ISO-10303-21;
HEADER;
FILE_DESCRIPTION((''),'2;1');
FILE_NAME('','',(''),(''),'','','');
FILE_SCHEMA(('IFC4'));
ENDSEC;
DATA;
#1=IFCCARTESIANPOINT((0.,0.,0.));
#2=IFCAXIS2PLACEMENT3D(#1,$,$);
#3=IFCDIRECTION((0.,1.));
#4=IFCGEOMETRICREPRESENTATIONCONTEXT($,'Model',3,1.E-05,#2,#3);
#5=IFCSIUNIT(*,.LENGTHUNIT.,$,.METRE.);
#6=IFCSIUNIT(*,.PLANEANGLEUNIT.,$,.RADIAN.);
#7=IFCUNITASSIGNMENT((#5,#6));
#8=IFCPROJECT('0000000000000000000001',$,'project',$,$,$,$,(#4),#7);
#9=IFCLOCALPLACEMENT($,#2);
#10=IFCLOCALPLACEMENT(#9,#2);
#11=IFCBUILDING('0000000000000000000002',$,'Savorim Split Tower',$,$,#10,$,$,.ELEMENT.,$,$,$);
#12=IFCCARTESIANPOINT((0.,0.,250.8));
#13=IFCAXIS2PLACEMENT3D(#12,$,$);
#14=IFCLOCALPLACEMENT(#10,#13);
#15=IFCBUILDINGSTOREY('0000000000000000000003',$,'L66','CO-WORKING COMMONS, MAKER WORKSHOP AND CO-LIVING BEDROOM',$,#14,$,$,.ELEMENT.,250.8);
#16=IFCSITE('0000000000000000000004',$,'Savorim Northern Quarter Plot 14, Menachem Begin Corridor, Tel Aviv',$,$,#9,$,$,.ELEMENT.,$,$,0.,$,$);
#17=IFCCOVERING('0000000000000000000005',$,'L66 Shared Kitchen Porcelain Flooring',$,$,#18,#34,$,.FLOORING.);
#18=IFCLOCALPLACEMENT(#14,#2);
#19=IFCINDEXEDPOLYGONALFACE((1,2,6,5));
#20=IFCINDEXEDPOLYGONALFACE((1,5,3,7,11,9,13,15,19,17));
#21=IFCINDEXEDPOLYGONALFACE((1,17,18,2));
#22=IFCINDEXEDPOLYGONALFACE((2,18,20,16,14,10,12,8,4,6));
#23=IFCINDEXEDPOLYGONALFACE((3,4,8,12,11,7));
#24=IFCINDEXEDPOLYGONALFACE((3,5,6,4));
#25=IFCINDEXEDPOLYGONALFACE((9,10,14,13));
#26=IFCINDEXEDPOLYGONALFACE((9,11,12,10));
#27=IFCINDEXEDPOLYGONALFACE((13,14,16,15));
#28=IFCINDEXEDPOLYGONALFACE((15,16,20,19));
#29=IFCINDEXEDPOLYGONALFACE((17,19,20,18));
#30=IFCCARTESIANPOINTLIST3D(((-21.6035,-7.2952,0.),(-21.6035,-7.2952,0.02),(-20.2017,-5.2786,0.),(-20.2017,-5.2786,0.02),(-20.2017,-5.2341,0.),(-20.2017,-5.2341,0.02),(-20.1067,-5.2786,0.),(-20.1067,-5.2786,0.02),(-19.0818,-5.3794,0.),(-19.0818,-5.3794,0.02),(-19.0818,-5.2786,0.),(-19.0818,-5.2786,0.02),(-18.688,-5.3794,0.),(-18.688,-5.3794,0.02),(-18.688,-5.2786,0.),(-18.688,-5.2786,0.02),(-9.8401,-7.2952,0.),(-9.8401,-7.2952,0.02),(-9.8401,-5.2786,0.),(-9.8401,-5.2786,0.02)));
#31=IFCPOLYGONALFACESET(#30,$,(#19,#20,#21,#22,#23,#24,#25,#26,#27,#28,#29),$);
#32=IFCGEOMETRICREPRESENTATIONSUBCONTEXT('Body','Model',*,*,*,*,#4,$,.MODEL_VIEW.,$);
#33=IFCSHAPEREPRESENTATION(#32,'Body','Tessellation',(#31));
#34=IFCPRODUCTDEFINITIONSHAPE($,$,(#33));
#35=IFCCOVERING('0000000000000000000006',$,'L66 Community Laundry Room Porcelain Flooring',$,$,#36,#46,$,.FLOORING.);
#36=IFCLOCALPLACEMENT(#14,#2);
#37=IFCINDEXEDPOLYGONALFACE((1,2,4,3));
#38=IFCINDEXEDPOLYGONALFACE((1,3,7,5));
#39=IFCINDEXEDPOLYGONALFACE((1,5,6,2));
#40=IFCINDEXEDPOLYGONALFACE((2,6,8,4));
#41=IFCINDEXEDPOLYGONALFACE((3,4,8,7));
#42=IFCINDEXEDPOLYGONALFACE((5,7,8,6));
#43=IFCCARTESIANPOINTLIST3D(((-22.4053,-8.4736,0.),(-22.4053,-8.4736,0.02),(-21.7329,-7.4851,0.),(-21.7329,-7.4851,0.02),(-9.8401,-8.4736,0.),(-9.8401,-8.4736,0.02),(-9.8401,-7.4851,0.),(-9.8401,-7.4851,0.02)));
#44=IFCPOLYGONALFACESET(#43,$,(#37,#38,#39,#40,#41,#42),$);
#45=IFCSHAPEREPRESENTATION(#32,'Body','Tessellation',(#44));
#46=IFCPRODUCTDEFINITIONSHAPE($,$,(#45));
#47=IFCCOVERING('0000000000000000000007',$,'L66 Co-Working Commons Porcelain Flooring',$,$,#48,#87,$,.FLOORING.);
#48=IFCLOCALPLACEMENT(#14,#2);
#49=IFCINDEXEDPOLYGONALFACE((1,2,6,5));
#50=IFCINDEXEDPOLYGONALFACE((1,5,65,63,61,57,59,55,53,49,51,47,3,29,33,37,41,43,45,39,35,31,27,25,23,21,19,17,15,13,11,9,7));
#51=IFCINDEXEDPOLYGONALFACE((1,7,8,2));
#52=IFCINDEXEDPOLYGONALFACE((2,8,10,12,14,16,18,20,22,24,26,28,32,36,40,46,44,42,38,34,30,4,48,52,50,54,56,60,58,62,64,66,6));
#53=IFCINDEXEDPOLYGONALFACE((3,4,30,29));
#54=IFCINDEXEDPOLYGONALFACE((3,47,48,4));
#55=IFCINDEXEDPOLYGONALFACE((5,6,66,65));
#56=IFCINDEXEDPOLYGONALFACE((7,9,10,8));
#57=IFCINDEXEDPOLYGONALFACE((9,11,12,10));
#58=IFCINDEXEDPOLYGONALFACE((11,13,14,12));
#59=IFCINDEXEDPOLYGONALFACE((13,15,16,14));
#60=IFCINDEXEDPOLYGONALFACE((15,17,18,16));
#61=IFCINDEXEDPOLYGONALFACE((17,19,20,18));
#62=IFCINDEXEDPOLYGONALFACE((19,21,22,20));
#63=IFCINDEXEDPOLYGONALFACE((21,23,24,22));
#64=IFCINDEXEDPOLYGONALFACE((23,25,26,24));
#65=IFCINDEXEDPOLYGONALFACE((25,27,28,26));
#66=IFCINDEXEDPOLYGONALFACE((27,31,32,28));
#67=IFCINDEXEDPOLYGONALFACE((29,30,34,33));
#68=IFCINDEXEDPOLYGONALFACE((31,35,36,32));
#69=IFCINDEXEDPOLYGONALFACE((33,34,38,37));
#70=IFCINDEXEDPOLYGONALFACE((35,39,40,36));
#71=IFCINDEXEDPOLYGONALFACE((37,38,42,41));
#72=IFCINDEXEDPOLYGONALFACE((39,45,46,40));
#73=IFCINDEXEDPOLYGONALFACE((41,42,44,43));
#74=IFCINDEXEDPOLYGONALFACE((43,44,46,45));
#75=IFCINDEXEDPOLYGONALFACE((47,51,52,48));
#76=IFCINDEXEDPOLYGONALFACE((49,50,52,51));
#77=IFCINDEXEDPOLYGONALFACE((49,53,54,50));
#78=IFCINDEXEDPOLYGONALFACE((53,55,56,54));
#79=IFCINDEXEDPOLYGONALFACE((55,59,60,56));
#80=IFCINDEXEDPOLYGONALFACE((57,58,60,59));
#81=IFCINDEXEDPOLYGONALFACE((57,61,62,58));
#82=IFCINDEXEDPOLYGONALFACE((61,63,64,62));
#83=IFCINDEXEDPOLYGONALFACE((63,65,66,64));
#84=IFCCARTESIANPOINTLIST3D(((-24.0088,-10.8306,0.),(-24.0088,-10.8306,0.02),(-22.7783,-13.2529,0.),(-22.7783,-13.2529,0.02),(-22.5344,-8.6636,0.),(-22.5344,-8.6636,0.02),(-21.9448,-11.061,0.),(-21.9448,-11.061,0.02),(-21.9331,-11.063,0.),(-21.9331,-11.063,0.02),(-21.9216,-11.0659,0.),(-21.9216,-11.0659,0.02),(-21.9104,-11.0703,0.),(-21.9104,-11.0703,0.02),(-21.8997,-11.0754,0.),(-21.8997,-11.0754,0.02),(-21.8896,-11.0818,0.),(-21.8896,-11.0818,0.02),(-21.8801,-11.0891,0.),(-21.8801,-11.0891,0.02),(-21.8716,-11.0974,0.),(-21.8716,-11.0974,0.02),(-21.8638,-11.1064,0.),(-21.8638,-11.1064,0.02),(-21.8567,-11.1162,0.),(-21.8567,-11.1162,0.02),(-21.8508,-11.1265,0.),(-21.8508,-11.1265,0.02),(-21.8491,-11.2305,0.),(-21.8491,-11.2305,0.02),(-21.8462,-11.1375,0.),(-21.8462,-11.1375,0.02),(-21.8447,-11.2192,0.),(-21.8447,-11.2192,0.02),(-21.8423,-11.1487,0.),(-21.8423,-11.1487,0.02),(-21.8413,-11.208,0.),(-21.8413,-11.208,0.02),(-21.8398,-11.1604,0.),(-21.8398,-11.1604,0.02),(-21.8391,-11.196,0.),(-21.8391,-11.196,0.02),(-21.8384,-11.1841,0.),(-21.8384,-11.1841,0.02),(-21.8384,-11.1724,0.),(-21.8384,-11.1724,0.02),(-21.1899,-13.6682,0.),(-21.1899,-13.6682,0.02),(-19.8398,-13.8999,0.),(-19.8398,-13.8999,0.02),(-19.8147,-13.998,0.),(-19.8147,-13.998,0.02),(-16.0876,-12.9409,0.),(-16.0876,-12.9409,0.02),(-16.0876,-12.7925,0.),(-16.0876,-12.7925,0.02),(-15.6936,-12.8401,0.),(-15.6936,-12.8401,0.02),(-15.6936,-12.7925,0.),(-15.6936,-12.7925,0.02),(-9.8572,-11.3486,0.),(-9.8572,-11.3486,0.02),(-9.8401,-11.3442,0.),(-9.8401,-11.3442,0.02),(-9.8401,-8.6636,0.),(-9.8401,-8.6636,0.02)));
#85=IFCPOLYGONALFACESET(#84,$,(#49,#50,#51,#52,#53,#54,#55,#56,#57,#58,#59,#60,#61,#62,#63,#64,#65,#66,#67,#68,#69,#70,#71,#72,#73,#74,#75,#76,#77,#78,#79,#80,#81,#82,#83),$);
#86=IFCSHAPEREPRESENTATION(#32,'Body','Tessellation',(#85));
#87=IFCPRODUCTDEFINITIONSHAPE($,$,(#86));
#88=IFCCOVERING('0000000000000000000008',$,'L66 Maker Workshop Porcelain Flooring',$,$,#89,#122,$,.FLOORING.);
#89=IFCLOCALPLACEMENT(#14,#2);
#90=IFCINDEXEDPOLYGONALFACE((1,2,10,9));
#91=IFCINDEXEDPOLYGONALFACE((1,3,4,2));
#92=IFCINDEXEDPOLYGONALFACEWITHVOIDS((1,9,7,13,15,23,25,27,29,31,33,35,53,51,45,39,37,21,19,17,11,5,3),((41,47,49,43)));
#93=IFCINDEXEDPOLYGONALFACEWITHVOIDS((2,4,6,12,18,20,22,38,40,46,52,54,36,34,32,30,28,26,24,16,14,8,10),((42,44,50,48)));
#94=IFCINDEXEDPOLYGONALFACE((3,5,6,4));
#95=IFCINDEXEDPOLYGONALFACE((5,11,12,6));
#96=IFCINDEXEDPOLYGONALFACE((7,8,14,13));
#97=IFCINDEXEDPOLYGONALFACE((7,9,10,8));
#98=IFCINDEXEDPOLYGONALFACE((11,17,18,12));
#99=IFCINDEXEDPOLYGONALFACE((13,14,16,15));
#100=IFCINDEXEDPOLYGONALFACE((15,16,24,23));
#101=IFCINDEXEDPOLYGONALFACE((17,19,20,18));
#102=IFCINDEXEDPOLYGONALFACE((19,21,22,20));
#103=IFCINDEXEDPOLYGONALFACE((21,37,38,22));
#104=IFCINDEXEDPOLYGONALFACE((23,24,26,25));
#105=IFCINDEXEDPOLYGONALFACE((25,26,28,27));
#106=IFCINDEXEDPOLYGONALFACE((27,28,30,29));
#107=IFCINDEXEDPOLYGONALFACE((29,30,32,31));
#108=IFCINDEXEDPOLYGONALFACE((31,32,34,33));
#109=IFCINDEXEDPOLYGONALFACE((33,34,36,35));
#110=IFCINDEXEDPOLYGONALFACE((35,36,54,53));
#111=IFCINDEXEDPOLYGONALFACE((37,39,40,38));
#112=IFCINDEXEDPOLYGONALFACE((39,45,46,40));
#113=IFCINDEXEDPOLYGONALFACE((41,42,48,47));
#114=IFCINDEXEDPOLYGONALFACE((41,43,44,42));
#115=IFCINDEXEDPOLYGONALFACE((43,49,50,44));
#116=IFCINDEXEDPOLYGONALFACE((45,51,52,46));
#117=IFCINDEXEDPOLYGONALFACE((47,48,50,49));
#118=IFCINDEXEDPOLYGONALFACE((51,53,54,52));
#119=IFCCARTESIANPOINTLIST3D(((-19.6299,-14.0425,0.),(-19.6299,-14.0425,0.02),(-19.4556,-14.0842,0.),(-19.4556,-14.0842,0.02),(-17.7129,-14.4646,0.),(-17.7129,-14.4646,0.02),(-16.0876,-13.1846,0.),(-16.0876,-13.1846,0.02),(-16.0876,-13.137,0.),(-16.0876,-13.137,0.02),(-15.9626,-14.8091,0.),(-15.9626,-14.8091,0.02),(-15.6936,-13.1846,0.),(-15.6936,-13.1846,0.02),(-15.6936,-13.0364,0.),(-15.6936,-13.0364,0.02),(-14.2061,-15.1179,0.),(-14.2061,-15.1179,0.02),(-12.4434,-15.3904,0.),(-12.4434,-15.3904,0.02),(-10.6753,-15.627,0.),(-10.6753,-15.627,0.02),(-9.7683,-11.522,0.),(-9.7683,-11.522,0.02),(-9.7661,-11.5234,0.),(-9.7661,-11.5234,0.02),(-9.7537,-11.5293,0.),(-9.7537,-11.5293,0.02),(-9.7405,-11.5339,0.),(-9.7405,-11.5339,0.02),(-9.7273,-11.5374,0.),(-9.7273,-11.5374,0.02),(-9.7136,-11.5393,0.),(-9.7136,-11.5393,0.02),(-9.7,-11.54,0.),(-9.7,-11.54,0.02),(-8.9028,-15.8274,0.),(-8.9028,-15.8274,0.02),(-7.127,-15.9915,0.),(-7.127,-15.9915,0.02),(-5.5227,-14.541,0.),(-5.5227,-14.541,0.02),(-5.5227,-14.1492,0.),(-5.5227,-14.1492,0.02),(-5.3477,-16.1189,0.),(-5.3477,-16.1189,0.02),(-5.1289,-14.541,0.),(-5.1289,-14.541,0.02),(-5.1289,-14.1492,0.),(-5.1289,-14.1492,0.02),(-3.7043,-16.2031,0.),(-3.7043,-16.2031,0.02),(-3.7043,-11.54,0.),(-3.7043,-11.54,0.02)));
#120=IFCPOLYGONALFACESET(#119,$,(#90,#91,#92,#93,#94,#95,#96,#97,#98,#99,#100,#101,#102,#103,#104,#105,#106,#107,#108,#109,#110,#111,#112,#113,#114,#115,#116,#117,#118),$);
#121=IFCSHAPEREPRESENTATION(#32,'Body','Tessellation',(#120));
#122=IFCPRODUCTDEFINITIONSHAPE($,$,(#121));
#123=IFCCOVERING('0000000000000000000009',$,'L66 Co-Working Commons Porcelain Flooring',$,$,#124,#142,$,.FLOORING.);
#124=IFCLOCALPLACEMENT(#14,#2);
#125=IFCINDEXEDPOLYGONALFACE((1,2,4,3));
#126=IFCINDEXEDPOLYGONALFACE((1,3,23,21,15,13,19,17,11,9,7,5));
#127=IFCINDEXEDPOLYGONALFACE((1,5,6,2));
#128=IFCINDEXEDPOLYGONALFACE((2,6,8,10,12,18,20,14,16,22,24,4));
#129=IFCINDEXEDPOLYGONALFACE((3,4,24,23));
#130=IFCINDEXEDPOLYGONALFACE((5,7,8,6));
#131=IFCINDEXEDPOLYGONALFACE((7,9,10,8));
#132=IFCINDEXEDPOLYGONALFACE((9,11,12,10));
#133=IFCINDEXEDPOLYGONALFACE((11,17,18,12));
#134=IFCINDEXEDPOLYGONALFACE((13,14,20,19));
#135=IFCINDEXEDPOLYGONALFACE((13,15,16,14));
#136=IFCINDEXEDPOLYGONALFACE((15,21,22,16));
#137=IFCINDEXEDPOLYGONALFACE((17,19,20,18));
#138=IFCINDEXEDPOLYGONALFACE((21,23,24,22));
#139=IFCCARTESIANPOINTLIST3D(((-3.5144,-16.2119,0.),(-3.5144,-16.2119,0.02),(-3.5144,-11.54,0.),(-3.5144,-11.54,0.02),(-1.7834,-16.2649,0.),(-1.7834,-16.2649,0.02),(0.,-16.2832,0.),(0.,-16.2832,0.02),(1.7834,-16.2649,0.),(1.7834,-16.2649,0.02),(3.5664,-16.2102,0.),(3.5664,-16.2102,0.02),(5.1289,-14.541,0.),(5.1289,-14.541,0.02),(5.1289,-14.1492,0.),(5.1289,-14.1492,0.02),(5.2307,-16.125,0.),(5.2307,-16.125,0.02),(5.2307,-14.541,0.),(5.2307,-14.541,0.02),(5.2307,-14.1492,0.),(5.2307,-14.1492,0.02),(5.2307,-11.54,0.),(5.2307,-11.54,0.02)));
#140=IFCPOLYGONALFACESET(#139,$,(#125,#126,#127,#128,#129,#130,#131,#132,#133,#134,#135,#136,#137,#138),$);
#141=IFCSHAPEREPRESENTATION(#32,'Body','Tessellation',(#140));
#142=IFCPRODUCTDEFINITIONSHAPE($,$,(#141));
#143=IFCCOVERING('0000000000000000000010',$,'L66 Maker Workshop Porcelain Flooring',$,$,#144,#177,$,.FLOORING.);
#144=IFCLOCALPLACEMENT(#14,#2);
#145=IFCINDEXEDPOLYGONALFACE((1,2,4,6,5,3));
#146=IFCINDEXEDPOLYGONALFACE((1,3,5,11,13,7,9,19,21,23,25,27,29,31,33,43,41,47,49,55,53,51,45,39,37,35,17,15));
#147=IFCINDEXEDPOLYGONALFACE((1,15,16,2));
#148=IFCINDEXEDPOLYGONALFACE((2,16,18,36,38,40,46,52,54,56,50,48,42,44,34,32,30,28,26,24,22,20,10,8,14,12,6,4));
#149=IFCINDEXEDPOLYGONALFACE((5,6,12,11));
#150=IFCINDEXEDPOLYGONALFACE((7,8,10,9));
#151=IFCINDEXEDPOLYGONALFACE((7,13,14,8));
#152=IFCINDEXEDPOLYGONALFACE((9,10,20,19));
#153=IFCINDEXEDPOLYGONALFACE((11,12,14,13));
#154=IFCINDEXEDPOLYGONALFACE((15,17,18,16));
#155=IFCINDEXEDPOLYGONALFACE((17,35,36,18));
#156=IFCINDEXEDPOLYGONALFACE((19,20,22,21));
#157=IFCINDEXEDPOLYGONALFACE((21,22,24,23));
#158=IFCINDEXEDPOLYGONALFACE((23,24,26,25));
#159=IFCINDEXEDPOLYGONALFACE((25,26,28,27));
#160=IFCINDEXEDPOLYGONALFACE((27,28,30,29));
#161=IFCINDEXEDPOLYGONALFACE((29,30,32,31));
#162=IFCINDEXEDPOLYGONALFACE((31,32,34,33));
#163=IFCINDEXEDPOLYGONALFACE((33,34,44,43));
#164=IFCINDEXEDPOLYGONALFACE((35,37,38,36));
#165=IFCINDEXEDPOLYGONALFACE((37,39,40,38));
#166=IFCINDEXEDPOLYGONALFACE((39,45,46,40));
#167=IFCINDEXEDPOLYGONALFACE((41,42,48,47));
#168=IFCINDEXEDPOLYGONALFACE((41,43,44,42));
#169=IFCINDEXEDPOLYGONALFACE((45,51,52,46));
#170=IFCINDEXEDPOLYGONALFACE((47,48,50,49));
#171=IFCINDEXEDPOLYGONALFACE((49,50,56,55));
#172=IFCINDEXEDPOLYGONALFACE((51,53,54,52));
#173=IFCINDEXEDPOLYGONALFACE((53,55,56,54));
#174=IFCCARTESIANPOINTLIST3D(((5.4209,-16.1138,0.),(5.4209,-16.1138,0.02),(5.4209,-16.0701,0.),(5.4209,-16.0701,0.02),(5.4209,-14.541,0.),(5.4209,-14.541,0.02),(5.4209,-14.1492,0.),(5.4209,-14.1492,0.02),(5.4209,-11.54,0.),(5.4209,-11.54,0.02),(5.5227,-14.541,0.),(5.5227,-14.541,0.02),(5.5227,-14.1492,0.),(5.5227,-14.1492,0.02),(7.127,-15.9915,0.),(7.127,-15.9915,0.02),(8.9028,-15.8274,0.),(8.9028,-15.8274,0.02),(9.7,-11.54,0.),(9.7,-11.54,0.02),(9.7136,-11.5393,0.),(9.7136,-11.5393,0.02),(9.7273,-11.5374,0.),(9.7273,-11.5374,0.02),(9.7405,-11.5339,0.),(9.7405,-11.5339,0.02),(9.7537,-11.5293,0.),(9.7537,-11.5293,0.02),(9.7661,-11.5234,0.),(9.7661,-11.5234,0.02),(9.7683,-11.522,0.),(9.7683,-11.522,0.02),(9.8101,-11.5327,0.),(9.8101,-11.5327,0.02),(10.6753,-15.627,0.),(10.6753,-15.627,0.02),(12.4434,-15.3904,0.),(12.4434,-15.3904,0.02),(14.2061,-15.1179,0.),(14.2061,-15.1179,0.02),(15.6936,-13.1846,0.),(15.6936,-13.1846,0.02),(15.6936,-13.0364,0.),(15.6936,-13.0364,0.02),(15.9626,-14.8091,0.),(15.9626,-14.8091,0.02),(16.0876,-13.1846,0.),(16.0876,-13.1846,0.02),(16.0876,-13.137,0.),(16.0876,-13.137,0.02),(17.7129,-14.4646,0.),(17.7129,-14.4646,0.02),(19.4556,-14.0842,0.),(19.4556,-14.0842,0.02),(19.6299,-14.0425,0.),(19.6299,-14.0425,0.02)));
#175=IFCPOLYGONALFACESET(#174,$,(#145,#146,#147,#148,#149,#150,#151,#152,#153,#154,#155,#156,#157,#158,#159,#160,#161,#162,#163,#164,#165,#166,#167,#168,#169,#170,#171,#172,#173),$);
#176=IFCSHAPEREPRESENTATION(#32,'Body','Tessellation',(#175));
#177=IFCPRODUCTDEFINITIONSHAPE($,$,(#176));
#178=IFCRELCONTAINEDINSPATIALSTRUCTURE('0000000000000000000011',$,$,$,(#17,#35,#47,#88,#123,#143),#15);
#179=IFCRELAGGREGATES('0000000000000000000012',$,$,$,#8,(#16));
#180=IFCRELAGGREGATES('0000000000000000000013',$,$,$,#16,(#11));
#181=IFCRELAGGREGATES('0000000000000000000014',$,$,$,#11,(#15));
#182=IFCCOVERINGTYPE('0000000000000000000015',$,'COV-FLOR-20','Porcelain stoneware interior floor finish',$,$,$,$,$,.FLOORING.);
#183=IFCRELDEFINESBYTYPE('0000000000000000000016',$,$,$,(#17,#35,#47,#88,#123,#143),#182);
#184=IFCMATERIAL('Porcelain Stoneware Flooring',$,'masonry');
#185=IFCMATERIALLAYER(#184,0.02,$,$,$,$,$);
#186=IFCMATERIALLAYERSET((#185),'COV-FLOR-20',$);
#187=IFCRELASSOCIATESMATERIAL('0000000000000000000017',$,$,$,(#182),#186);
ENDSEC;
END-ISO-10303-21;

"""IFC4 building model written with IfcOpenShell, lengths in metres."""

from ifc_helpers import new_model, si_unit, direction, frame, origin, place, context, subcontext, project, spatial, polyline, outline, extrude, material, layer, layer_set, type_object, element, save


model = new_model("IFC4")

# Units and contexts
model_context = context("Model", 3, precision=1e-05, world=origin(), true_north=direction((0.0, 1.0)))
body_context = subcontext(model_context, "Body", "Model", "MODEL_VIEW")
ifc_project = project(units=[si_unit("LENGTHUNIT", "METRE"), si_unit("PLANEANGLEUNIT", "RADIAN")], contexts=[model_context])

# Site, building, storey
site_placement = place(None, origin())
site = spatial("IfcSite", under=ifc_project, at=site_placement, Name="Savorim Northern Quarter Plot 14, Menachem Begin Corridor, Tel Aviv", CompositionType="ELEMENT", RefElevation=0.0)
building_placement = place(site_placement, origin())
building = spatial("IfcBuilding", under=site, at=building_placement, Name="Savorim Split Tower", CompositionType="ELEMENT")
storey_placement = place(building_placement, frame((0.0, 0.0, 250.8)))
storey = spatial("IfcBuildingStorey", under=building, at=storey_placement, Name="L66", Description="CO-WORKING COMMONS, MAKER WORKSHOP AND CO-LIVING BEDROOM", CompositionType="ELEMENT", Elevation=250.8)

# Coverings
ifc_material_1 = material(Name="Porcelain Stoneware Flooring", Category="masonry")
ifc_layer_1 = layer(ifc_material_1, 0.02)
ifc_layer_set_1 = layer_set([ifc_layer_1], Name="COV-FLOR-20")
covering_type_1 = type_object("IfcCoveringType", Name="COV-FLOR-20", Description="Porcelain stoneware interior floor finish", PredefinedType="FLOORING", material=ifc_layer_set_1)
covering_1_placement = place(storey_placement, origin())
element("IfcCovering", 1, at=covering_1_placement, inside=storey, type_object=covering_type_1, Name="L66 Shared Kitchen Porcelain Flooring", PredefinedType="FLOORING", context=body_context, shape_type="SweptSolid", body=[
    extrude(outline(polyline([(-20.1067, -5.2786), (-20.2017, -5.2786), (-20.2017, -5.2341), (-21.6035, -7.2952), (-9.8401, -7.2952), (-9.8401, -5.2786), (-18.688, -5.2786), (-18.688, -5.3794), (-19.0818, -5.3794), (-19.0818, -5.2786), (-20.1067, -5.2786)])), origin(), (0.0, 0.0, 1.0), 0.02),
])
covering_2_placement = place(storey_placement, origin())
element("IfcCovering", 2, at=covering_2_placement, inside=storey, type_object=covering_type_1, Name="L66 Community Laundry Room Porcelain Flooring", PredefinedType="FLOORING", context=body_context, shape_type="SweptSolid", body=[
    extrude(outline(polyline([(-9.8401, -8.4736), (-9.8401, -7.4851), (-21.7329, -7.4851), (-22.4053, -8.4736), (-9.8401, -8.4736)])), origin(), (0.0, 0.0, 1.0), 0.02),
])
covering_3_placement = place(storey_placement, origin())
element("IfcCovering", 3, at=covering_3_placement, inside=storey, type_object=covering_type_1, Name="L66 Co-Working Commons Porcelain Flooring", PredefinedType="FLOORING", context=body_context, shape_type="SweptSolid", body=[
    extrude(outline(polyline([(-21.8384, -11.1841), (-21.8391, -11.196), (-21.8413, -11.208), (-21.8447, -11.2192), (-21.8491, -11.2305), (-22.7783, -13.2529), (-21.1899, -13.6682), (-19.8147, -13.998), (-19.8398, -13.8999), (-16.0876, -12.9409), (-16.0876, -12.7925), (-15.6936, -12.7925), (-15.6936, -12.8401), (-9.8572, -11.3486), (-9.8401, -11.3442), (-9.8401, -8.6636), (-22.5344, -8.6636), (-24.0088, -10.8306), (-21.9448, -11.061), (-21.9331, -11.063), (-21.9216, -11.0659), (-21.9104, -11.0703), (-21.8997, -11.0754), (-21.8896, -11.0818), (-21.8801, -11.0891), (-21.8716, -11.0974), (-21.8638, -11.1064), (-21.8567, -11.1162), (-21.8508, -11.1265), (-21.8462, -11.1375), (-21.8423, -11.1487), (-21.8398, -11.1604), (-21.8384, -11.1724), (-21.8384, -11.1841)])), origin(), (0.0, 0.0, 1.0), 0.02),
])
covering_4_placement = place(storey_placement, origin())
element("IfcCovering", 4, at=covering_4_placement, inside=storey, type_object=covering_type_1, Name="L66 Maker Workshop Porcelain Flooring", PredefinedType="FLOORING", context=body_context, shape_type="SweptSolid", body=[
    extrude(outline(polyline([(-8.9028, -15.8274), (-7.127, -15.9915), (-5.3477, -16.1189), (-3.7043, -16.2031), (-3.7043, -11.54), (-9.7, -11.54), (-9.7136, -11.5393), (-9.7273, -11.5374), (-9.7405, -11.5339), (-9.7537, -11.5293), (-9.7661, -11.5234), (-9.7683, -11.522), (-15.6936, -13.0364), (-15.6936, -13.1846), (-16.0876, -13.1846), (-16.0876, -13.137), (-19.6299, -14.0425), (-19.4556, -14.0842), (-17.7129, -14.4646), (-15.9626, -14.8091), (-14.2061, -15.1179), (-12.4434, -15.3904), (-10.6753, -15.627), (-8.9028, -15.8274)]), holes=[polyline([(-5.5227, -14.541), (-5.1289, -14.541), (-5.1289, -14.1492), (-5.5227, -14.1492), (-5.5227, -14.541)])]), origin(), (0.0, 0.0, 1.0), 0.02),
])
covering_5_placement = place(storey_placement, origin())
element("IfcCovering", 5, at=covering_5_placement, inside=storey, type_object=covering_type_1, Name="L66 Co-Working Commons Porcelain Flooring", PredefinedType="FLOORING", context=body_context, shape_type="SweptSolid", body=[
    extrude(outline(polyline([(-1.7834, -16.2649), (0.0, -16.2832), (1.7834, -16.2649), (3.5664, -16.2102), (5.2307, -16.125), (5.2307, -14.541), (5.1289, -14.541), (5.1289, -14.1492), (5.2307, -14.1492), (5.2307, -11.54), (-3.5144, -11.54), (-3.5144, -16.2119), (-1.7834, -16.2649)])), origin(), (0.0, 0.0, 1.0), 0.02),
])
covering_6_placement = place(storey_placement, origin())
element("IfcCovering", 6, at=covering_6_placement, inside=storey, type_object=covering_type_1, Name="L66 Maker Workshop Porcelain Flooring", PredefinedType="FLOORING", context=body_context, shape_type="SweptSolid", body=[
    extrude(outline(polyline([(14.2061, -15.1179), (15.9626, -14.8091), (17.7129, -14.4646), (19.4556, -14.0842), (19.6299, -14.0425), (16.0876, -13.137), (16.0876, -13.1846), (15.6936, -13.1846), (15.6936, -13.0364), (9.8101, -11.5327), (9.7683, -11.522), (9.7661, -11.5234), (9.7537, -11.5293), (9.7405, -11.5339), (9.7273, -11.5374), (9.7136, -11.5393), (9.7, -11.54), (5.4209, -11.54), (5.4209, -14.1492), (5.5227, -14.1492), (5.5227, -14.541), (5.4209, -14.541), (5.4209, -16.0701), (5.4209, -16.1138), (7.127, -15.9915), (8.9028, -15.8274), (10.6753, -15.627), (12.4434, -15.3904), (14.2061, -15.1179)])), origin(), (0.0, 0.0, 1.0), 0.02),
])

save(model, "model.ifc")
